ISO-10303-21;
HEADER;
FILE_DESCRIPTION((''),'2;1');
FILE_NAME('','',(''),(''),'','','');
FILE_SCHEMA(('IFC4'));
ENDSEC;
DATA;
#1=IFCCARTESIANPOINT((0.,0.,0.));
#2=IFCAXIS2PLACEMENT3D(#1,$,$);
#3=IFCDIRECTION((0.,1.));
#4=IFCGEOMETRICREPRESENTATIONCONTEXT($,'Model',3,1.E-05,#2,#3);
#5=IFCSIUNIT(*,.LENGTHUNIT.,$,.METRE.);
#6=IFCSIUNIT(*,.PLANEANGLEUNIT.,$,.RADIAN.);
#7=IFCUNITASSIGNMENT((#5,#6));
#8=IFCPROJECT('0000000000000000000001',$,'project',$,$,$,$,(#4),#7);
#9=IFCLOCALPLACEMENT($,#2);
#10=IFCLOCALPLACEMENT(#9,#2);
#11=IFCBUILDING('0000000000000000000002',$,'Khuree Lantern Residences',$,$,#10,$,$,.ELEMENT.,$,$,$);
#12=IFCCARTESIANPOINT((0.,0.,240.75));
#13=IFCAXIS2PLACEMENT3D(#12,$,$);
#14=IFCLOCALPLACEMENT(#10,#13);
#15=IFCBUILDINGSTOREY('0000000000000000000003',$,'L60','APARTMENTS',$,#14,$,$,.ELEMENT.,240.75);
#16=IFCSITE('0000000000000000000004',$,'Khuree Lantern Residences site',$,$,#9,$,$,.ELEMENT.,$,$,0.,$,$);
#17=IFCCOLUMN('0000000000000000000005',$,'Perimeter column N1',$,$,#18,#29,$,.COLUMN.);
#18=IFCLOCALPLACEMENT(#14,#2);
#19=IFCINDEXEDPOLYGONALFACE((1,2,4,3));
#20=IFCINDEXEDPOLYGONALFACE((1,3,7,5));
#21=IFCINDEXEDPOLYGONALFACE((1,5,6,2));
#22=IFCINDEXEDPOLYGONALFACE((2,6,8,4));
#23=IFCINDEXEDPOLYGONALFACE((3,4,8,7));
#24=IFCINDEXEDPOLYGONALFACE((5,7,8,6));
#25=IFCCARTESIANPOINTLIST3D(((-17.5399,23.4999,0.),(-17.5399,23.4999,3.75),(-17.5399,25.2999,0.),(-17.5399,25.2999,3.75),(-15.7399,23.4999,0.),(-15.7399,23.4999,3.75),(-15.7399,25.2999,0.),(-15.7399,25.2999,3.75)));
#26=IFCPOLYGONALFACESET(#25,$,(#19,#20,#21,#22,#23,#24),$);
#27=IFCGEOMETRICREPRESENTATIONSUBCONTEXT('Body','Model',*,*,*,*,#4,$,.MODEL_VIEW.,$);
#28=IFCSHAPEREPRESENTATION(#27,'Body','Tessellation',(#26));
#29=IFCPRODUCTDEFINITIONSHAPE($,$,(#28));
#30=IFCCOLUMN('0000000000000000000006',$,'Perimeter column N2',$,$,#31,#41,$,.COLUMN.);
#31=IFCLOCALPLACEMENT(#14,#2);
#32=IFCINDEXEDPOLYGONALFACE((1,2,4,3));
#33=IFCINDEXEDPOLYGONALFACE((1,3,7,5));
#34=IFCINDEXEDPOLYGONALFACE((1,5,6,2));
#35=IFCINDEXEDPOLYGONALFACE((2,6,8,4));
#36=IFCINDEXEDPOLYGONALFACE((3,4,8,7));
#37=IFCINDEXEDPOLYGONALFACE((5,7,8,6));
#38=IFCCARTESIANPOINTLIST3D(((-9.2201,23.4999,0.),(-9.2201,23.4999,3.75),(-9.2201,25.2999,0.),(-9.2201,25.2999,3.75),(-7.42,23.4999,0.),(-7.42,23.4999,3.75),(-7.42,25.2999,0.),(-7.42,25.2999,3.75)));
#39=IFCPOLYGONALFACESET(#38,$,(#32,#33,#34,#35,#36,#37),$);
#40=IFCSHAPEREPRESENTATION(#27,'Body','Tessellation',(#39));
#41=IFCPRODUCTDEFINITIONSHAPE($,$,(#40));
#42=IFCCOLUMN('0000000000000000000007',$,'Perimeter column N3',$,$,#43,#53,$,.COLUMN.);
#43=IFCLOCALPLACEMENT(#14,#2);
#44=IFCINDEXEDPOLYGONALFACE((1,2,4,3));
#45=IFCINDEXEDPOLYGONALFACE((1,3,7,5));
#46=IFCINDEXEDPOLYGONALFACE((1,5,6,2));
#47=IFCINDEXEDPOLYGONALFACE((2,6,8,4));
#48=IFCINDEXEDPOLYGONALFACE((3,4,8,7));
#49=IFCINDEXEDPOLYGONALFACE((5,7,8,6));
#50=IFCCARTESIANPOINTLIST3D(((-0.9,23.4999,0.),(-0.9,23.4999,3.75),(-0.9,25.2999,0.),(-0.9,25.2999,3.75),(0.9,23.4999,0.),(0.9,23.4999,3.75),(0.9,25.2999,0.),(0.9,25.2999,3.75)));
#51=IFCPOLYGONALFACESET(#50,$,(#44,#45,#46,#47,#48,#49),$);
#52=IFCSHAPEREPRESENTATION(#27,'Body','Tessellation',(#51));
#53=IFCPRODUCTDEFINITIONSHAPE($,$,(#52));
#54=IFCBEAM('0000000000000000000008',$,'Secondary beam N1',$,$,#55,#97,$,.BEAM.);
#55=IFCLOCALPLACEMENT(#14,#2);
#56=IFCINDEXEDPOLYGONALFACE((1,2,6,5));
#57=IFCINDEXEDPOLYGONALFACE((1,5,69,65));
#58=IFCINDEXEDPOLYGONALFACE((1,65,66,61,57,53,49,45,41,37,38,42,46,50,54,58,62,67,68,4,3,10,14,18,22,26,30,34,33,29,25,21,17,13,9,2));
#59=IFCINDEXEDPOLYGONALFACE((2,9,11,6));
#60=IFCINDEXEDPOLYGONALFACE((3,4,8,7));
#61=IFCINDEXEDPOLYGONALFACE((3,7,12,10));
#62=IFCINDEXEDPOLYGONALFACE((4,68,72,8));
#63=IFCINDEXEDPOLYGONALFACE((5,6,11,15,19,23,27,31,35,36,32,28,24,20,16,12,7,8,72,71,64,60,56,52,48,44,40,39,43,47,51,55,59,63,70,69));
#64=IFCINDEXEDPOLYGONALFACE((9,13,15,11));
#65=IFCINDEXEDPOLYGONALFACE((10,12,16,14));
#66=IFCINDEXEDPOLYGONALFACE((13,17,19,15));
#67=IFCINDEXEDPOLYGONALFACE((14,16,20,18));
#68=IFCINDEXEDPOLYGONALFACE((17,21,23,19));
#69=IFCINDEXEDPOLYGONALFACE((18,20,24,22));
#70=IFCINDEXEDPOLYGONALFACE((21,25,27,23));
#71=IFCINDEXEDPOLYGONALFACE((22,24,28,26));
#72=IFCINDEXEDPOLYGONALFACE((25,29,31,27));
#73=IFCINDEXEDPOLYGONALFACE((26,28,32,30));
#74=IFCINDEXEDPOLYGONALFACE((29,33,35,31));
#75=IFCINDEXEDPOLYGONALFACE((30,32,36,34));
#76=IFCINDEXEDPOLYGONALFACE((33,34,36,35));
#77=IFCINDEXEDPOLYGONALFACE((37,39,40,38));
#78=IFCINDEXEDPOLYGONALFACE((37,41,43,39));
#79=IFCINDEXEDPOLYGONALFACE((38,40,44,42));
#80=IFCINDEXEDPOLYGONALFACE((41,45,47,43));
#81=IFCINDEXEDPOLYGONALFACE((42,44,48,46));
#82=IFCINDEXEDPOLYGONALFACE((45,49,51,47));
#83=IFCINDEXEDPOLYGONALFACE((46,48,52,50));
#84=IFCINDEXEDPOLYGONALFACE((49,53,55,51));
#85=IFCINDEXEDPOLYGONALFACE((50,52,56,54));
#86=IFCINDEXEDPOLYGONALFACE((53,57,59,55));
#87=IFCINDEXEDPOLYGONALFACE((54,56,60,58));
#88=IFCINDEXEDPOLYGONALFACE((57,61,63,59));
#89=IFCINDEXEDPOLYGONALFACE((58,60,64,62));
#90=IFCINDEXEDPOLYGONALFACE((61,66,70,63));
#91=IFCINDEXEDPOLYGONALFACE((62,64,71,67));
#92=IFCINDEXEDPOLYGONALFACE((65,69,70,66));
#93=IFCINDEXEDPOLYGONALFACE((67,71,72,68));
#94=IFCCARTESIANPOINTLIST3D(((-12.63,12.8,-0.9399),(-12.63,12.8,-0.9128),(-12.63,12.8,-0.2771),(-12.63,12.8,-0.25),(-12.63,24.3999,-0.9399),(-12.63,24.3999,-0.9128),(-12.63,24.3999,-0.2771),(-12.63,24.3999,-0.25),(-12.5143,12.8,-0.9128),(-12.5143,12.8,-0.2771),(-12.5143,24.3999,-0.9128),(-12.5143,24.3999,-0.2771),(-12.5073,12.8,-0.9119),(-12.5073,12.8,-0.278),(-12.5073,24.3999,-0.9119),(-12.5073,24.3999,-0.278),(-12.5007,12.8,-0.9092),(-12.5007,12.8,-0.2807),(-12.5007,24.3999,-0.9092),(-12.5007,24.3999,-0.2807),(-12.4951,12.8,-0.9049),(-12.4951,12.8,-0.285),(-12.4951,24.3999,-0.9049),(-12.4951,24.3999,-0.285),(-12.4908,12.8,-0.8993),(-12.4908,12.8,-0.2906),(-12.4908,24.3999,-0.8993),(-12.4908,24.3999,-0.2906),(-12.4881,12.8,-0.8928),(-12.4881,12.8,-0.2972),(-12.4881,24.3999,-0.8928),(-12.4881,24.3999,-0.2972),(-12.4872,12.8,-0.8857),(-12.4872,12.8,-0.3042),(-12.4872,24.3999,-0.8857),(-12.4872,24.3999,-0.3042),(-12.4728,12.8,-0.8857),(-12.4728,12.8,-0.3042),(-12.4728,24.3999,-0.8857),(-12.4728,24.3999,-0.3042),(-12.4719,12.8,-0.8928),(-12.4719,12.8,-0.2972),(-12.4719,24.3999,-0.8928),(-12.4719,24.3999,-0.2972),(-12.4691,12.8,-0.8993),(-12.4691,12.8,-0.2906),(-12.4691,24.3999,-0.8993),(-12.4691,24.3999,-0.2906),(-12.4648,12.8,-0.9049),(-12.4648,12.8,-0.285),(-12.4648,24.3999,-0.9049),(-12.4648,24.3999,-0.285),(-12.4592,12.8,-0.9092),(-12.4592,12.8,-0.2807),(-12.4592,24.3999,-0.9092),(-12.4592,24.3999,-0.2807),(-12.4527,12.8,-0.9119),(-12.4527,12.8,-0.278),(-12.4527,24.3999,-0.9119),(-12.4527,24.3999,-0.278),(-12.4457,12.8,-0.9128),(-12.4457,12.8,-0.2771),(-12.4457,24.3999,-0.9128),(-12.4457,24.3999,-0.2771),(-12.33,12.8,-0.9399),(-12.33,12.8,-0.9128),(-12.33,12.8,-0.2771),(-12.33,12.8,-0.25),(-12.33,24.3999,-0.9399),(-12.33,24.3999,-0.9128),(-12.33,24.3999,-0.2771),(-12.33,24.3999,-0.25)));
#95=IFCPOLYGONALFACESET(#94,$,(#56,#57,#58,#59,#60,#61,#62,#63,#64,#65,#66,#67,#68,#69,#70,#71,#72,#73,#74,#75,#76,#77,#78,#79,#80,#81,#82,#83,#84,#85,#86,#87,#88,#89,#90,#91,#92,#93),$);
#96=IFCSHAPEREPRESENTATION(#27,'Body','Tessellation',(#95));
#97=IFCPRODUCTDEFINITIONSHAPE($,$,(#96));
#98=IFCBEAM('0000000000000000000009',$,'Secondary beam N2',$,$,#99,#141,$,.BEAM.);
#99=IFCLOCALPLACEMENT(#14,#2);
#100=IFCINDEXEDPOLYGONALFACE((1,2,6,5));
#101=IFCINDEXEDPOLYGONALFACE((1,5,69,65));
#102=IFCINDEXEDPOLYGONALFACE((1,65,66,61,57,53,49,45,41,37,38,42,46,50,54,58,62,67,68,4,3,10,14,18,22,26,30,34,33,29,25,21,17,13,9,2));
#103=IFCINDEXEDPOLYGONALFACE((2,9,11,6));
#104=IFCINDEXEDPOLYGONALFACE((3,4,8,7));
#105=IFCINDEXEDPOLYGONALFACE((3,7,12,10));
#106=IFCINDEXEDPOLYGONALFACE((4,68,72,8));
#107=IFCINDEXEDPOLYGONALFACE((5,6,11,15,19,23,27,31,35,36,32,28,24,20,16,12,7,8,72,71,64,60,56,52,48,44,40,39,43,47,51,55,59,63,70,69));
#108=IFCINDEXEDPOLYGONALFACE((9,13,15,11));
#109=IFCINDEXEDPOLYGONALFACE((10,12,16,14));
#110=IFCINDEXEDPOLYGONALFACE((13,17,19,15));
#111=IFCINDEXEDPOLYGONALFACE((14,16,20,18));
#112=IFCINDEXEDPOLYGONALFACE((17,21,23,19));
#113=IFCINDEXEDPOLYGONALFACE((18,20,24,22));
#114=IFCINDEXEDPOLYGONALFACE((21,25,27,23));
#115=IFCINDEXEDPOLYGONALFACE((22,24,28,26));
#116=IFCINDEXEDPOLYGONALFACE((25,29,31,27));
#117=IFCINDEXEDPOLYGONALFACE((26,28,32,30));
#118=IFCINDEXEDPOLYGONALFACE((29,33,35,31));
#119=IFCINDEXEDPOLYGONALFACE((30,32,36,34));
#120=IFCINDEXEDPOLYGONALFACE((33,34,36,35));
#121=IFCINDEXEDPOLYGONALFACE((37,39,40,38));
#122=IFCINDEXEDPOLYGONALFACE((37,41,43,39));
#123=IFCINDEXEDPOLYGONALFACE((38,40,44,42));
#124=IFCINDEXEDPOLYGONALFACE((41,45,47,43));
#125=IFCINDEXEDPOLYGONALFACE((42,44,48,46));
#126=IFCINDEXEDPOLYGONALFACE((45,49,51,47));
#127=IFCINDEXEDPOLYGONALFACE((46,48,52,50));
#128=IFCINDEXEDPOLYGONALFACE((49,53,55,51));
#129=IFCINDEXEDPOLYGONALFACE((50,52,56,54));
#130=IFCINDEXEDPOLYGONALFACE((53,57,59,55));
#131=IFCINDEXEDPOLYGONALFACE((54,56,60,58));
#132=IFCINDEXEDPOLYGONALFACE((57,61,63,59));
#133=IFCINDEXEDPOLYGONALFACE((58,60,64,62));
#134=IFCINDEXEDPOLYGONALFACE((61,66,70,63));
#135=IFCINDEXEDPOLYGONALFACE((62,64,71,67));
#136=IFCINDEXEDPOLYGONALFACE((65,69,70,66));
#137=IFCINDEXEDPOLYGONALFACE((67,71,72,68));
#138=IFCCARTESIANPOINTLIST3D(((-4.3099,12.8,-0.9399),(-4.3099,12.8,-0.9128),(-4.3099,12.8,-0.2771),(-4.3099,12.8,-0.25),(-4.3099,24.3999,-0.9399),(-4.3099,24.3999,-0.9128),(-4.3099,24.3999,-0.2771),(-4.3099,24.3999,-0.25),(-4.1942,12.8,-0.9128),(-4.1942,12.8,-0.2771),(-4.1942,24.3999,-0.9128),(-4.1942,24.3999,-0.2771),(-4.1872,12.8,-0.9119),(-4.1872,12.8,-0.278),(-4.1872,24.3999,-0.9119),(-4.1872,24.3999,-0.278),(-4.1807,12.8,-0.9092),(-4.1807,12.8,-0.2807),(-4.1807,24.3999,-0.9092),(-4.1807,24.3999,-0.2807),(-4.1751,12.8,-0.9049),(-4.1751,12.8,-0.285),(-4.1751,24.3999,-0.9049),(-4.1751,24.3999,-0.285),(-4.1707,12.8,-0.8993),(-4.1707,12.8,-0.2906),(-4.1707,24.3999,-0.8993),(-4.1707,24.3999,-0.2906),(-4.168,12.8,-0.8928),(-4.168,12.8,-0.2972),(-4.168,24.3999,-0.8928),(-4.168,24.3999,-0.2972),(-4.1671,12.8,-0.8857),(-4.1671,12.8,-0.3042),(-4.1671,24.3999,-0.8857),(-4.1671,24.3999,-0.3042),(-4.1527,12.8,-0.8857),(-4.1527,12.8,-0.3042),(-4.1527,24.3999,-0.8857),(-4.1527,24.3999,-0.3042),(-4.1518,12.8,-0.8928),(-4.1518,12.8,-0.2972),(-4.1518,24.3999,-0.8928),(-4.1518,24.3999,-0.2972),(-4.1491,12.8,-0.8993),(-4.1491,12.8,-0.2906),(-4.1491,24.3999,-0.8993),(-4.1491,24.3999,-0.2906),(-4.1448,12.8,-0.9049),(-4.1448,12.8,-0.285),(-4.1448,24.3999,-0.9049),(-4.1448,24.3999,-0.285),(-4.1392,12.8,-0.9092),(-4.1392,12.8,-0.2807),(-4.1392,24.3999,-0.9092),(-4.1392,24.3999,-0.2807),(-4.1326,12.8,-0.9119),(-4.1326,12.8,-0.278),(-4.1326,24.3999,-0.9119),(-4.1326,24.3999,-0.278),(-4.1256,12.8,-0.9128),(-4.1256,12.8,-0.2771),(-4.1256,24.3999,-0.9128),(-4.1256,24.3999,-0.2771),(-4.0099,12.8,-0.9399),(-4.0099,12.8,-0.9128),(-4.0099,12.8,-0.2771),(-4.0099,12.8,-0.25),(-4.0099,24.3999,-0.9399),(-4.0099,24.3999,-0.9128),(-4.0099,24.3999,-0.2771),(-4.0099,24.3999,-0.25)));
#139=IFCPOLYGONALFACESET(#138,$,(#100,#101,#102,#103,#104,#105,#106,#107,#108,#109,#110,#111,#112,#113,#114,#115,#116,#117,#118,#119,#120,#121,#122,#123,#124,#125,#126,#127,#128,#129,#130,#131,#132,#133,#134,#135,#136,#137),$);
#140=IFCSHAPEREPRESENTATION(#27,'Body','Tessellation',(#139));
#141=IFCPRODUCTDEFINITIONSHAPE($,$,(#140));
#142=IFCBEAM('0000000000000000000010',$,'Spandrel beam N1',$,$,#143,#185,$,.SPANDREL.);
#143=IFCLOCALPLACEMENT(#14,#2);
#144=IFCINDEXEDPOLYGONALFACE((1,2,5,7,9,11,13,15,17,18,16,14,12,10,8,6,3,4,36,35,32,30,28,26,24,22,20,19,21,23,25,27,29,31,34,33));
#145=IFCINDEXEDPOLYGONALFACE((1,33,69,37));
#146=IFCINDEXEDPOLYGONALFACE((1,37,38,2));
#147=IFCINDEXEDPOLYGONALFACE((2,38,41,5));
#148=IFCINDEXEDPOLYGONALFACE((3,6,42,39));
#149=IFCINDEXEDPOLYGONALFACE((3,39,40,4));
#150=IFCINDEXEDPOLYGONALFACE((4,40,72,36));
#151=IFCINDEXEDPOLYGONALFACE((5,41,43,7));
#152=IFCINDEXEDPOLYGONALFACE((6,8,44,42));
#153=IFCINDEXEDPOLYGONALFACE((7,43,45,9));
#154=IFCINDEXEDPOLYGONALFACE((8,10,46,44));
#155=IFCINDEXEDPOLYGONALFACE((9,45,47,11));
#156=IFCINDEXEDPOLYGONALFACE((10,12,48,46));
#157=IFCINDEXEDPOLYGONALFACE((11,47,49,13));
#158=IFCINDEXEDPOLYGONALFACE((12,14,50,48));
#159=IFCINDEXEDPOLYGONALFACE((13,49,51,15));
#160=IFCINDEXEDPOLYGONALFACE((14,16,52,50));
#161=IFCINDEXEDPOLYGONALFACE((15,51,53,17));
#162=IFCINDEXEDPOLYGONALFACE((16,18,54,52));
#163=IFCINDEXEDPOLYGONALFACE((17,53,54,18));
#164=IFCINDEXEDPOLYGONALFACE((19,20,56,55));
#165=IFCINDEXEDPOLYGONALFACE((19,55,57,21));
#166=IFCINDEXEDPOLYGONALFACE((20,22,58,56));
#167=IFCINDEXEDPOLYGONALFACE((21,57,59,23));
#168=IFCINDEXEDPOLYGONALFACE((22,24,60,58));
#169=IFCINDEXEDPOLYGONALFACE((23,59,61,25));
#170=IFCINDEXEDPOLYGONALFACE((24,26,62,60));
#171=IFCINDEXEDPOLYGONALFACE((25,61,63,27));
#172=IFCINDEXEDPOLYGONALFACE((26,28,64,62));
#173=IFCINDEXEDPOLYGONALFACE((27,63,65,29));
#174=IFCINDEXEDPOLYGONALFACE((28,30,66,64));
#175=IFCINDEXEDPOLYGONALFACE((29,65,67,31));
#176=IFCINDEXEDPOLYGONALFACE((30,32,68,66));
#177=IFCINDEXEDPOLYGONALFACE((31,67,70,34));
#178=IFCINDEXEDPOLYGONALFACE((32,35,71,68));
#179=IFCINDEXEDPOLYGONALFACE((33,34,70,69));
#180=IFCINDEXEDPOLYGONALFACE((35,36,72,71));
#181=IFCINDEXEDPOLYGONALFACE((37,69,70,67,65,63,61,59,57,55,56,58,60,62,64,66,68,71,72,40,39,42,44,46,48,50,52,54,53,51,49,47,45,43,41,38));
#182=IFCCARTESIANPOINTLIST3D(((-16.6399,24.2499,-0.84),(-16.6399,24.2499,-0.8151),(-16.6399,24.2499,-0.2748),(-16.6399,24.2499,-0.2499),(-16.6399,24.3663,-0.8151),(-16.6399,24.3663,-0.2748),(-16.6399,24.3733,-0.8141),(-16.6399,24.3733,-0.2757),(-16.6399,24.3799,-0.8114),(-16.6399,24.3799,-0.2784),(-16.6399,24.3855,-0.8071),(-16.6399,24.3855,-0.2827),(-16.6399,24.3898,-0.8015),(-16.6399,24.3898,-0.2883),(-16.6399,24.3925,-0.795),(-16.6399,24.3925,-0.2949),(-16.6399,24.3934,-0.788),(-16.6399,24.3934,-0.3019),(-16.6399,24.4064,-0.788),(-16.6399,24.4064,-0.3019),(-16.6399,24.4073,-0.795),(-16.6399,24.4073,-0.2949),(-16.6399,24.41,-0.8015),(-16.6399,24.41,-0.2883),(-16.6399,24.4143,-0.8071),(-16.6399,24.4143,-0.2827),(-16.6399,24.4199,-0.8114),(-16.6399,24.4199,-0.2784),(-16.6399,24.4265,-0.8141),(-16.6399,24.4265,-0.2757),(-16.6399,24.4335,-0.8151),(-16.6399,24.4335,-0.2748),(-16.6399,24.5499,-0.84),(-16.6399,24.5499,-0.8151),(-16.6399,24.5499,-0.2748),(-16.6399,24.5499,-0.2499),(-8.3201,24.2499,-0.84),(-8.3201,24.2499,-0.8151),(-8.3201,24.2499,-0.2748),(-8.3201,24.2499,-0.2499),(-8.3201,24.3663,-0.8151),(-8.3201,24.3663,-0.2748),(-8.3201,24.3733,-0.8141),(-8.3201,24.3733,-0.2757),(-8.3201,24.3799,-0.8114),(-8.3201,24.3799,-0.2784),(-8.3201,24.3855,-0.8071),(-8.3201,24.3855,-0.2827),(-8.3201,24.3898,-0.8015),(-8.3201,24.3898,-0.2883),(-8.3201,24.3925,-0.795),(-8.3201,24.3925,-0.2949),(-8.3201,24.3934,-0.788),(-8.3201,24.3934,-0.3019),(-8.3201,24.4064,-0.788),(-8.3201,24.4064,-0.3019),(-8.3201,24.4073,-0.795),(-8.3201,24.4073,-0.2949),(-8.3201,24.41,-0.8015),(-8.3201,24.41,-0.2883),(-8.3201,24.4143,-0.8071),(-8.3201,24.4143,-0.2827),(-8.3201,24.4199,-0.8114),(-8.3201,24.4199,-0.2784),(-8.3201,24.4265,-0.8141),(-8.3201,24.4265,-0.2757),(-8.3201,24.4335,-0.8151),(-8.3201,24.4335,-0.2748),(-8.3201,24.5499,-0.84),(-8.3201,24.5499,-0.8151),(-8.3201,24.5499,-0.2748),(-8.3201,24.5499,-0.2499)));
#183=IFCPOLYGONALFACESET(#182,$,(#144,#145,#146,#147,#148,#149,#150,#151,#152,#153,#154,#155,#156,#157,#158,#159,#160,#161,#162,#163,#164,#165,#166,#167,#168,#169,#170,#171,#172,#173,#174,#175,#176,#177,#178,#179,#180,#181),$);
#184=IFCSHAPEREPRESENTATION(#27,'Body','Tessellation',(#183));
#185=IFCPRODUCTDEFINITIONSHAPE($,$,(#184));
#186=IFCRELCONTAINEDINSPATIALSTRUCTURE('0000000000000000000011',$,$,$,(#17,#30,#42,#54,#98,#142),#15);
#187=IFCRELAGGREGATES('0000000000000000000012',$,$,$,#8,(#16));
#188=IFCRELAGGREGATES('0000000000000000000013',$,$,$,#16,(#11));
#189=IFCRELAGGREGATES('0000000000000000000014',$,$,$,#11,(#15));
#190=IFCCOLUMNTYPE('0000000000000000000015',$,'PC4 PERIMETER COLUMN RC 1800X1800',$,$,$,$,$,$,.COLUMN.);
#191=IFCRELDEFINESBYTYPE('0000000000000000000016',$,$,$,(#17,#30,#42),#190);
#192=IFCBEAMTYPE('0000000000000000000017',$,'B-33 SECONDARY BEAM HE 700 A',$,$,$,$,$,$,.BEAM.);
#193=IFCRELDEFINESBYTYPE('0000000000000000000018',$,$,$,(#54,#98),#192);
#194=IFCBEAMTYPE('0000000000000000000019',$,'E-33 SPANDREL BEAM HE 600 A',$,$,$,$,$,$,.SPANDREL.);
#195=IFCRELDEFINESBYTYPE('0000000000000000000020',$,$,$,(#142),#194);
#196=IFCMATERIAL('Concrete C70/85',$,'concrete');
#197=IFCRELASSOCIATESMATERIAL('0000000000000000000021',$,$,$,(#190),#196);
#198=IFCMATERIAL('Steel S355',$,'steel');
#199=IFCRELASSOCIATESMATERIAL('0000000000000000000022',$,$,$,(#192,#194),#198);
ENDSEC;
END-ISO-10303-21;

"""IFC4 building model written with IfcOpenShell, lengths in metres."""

from ifc_helpers import new_model, si_unit, direction, frame, origin, origin_2d, place, context, subcontext, project, spatial, rectangle, i_section, extrude, material, material_profile, profile_set, type_object, element, save


model = new_model("IFC4")

# Units and contexts
model_context = context("Model", 3, precision=1e-05, world=origin(), true_north=direction((0.0, 1.0)))
body_context = subcontext(model_context, "Body", "Model", "MODEL_VIEW")
ifc_project = project(units=[si_unit("LENGTHUNIT", "METRE"), si_unit("PLANEANGLEUNIT", "RADIAN")], contexts=[model_context])

# Site, building, storey
site_placement = place(None, origin())
site = spatial("IfcSite", under=ifc_project, at=site_placement, Name="Khuree Lantern Residences site", CompositionType="ELEMENT", RefElevation=0.0)
building_placement = place(site_placement, origin())
building = spatial("IfcBuilding", under=site, at=building_placement, Name="Khuree Lantern Residences", CompositionType="ELEMENT")
storey_placement = place(building_placement, frame((0.0, 0.0, 240.75)))
storey = spatial("IfcBuildingStorey", under=building, at=storey_placement, Name="L60", Description="APARTMENTS", CompositionType="ELEMENT", Elevation=240.75)

# Columns
ifc_material_1 = material(Name="Concrete C70/85", Category="concrete")
ifc_material_profile_1 = material_profile(ifc_material_1, rectangle(XDim=1.8, YDim=1.8, at=origin_2d()), Name="RC 1800X1800")
ifc_profile_set_1 = profile_set([ifc_material_profile_1], Name="Concrete C70/85")
column_type = type_object("IfcColumnType", Name="PC4 PERIMETER COLUMN RC 1800X1800", PredefinedType="COLUMN", material=ifc_profile_set_1)
for number, where, z_axis, x_axis, name in (
    (1, (-16.6399, 24.3999, 0.0), (0.0, 0.0, 1.0), (1.0, 0.0, 0.0), "Perimeter column N1"),
    (2, (-8.3201, 24.3999, 0.0), (0.0, 0.0, 1.0), (1.0, 0.0, 0.0), "Perimeter column N2"),
    (3, (0.0, 24.3999, 0.0), (0.0, 0.0, 1.0), (1.0, 0.0, 0.0), "Perimeter column N3"),
):
    element("IfcColumn", number, at=place(storey_placement, frame(where, z_axis=z_axis, x_axis=x_axis)), inside=storey, type_object=column_type, Name=name, PredefinedType="COLUMN", context=body_context, shape_type="SweptSolid", body=[
        extrude(rectangle(XDim=1.8, YDim=1.8, at=origin_2d()), origin(), (0.0, 0.0, 1.0), 3.75),
    ])

# Beams
ifc_material_2 = material(Name="Steel S355", Category="steel")
ifc_material_profile_2 = material_profile(ifc_material_2, i_section(OverallWidth=0.3, OverallDepth=0.6899, WebThickness=0.0144, FlangeThickness=0.0271, FilletRadius=0.0271, at=origin_2d()), Name="HE 700 A")
ifc_profile_set_2 = profile_set([ifc_material_profile_2], Name="Steel S355")
beam_type_1 = type_object("IfcBeamType", Name="B-33 SECONDARY BEAM HE 700 A", PredefinedType="BEAM", material=ifc_profile_set_2)
for number, where, z_axis, x_axis, name in (
    (4, (-12.48, 24.3999, -0.595), (0.0, -1.0, 0.0), (1.0, 0.0, 0.0), "Secondary beam N1"),
    (5, (-4.1599, 24.3999, -0.595), (0.0, -1.0, 0.0), (1.0, 0.0, 0.0), "Secondary beam N2"),
):
    element("IfcBeam", number, at=place(storey_placement, frame(where, z_axis=z_axis, x_axis=x_axis)), inside=storey, type_object=beam_type_1, Name=name, PredefinedType="BEAM", context=body_context, shape_type="SweptSolid", body=[
        extrude(i_section(OverallWidth=0.3, OverallDepth=0.6899, WebThickness=0.0144, FlangeThickness=0.0271, FilletRadius=0.0271, at=origin_2d()), origin(), (0.0, 0.0, 1.0), 11.5999),
    ])
ifc_material_profile_3 = material_profile(ifc_material_2, i_section(OverallWidth=0.3, OverallDepth=0.5901, WebThickness=0.0129, FlangeThickness=0.0249, FilletRadius=0.0271, at=origin_2d()), Name="HE 600 A")
ifc_profile_set_3 = profile_set([ifc_material_profile_3], Name="Steel S355")
beam_type_2 = type_object("IfcBeamType", Name="E-33 SPANDREL BEAM HE 600 A", PredefinedType="SPANDREL", material=ifc_profile_set_3)
beam_1_placement = place(storey_placement, frame((-16.6399, 24.3999, -0.5449), z_axis=(1.0, 0.0, 0.0), x_axis=(0.0, 1.0, 0.0)))
element("IfcBeam", 6, at=beam_1_placement, inside=storey, type_object=beam_type_2, Name="Spandrel beam N1", PredefinedType="SPANDREL", context=body_context, shape_type="SweptSolid", body=[
    extrude(i_section(OverallWidth=0.3, OverallDepth=0.5901, WebThickness=0.0129, FlangeThickness=0.0249, FilletRadius=0.0271, at=origin_2d()), origin(), (0.0, 0.0, 1.0), 8.3198),
])

save(model, "model.ifc")
